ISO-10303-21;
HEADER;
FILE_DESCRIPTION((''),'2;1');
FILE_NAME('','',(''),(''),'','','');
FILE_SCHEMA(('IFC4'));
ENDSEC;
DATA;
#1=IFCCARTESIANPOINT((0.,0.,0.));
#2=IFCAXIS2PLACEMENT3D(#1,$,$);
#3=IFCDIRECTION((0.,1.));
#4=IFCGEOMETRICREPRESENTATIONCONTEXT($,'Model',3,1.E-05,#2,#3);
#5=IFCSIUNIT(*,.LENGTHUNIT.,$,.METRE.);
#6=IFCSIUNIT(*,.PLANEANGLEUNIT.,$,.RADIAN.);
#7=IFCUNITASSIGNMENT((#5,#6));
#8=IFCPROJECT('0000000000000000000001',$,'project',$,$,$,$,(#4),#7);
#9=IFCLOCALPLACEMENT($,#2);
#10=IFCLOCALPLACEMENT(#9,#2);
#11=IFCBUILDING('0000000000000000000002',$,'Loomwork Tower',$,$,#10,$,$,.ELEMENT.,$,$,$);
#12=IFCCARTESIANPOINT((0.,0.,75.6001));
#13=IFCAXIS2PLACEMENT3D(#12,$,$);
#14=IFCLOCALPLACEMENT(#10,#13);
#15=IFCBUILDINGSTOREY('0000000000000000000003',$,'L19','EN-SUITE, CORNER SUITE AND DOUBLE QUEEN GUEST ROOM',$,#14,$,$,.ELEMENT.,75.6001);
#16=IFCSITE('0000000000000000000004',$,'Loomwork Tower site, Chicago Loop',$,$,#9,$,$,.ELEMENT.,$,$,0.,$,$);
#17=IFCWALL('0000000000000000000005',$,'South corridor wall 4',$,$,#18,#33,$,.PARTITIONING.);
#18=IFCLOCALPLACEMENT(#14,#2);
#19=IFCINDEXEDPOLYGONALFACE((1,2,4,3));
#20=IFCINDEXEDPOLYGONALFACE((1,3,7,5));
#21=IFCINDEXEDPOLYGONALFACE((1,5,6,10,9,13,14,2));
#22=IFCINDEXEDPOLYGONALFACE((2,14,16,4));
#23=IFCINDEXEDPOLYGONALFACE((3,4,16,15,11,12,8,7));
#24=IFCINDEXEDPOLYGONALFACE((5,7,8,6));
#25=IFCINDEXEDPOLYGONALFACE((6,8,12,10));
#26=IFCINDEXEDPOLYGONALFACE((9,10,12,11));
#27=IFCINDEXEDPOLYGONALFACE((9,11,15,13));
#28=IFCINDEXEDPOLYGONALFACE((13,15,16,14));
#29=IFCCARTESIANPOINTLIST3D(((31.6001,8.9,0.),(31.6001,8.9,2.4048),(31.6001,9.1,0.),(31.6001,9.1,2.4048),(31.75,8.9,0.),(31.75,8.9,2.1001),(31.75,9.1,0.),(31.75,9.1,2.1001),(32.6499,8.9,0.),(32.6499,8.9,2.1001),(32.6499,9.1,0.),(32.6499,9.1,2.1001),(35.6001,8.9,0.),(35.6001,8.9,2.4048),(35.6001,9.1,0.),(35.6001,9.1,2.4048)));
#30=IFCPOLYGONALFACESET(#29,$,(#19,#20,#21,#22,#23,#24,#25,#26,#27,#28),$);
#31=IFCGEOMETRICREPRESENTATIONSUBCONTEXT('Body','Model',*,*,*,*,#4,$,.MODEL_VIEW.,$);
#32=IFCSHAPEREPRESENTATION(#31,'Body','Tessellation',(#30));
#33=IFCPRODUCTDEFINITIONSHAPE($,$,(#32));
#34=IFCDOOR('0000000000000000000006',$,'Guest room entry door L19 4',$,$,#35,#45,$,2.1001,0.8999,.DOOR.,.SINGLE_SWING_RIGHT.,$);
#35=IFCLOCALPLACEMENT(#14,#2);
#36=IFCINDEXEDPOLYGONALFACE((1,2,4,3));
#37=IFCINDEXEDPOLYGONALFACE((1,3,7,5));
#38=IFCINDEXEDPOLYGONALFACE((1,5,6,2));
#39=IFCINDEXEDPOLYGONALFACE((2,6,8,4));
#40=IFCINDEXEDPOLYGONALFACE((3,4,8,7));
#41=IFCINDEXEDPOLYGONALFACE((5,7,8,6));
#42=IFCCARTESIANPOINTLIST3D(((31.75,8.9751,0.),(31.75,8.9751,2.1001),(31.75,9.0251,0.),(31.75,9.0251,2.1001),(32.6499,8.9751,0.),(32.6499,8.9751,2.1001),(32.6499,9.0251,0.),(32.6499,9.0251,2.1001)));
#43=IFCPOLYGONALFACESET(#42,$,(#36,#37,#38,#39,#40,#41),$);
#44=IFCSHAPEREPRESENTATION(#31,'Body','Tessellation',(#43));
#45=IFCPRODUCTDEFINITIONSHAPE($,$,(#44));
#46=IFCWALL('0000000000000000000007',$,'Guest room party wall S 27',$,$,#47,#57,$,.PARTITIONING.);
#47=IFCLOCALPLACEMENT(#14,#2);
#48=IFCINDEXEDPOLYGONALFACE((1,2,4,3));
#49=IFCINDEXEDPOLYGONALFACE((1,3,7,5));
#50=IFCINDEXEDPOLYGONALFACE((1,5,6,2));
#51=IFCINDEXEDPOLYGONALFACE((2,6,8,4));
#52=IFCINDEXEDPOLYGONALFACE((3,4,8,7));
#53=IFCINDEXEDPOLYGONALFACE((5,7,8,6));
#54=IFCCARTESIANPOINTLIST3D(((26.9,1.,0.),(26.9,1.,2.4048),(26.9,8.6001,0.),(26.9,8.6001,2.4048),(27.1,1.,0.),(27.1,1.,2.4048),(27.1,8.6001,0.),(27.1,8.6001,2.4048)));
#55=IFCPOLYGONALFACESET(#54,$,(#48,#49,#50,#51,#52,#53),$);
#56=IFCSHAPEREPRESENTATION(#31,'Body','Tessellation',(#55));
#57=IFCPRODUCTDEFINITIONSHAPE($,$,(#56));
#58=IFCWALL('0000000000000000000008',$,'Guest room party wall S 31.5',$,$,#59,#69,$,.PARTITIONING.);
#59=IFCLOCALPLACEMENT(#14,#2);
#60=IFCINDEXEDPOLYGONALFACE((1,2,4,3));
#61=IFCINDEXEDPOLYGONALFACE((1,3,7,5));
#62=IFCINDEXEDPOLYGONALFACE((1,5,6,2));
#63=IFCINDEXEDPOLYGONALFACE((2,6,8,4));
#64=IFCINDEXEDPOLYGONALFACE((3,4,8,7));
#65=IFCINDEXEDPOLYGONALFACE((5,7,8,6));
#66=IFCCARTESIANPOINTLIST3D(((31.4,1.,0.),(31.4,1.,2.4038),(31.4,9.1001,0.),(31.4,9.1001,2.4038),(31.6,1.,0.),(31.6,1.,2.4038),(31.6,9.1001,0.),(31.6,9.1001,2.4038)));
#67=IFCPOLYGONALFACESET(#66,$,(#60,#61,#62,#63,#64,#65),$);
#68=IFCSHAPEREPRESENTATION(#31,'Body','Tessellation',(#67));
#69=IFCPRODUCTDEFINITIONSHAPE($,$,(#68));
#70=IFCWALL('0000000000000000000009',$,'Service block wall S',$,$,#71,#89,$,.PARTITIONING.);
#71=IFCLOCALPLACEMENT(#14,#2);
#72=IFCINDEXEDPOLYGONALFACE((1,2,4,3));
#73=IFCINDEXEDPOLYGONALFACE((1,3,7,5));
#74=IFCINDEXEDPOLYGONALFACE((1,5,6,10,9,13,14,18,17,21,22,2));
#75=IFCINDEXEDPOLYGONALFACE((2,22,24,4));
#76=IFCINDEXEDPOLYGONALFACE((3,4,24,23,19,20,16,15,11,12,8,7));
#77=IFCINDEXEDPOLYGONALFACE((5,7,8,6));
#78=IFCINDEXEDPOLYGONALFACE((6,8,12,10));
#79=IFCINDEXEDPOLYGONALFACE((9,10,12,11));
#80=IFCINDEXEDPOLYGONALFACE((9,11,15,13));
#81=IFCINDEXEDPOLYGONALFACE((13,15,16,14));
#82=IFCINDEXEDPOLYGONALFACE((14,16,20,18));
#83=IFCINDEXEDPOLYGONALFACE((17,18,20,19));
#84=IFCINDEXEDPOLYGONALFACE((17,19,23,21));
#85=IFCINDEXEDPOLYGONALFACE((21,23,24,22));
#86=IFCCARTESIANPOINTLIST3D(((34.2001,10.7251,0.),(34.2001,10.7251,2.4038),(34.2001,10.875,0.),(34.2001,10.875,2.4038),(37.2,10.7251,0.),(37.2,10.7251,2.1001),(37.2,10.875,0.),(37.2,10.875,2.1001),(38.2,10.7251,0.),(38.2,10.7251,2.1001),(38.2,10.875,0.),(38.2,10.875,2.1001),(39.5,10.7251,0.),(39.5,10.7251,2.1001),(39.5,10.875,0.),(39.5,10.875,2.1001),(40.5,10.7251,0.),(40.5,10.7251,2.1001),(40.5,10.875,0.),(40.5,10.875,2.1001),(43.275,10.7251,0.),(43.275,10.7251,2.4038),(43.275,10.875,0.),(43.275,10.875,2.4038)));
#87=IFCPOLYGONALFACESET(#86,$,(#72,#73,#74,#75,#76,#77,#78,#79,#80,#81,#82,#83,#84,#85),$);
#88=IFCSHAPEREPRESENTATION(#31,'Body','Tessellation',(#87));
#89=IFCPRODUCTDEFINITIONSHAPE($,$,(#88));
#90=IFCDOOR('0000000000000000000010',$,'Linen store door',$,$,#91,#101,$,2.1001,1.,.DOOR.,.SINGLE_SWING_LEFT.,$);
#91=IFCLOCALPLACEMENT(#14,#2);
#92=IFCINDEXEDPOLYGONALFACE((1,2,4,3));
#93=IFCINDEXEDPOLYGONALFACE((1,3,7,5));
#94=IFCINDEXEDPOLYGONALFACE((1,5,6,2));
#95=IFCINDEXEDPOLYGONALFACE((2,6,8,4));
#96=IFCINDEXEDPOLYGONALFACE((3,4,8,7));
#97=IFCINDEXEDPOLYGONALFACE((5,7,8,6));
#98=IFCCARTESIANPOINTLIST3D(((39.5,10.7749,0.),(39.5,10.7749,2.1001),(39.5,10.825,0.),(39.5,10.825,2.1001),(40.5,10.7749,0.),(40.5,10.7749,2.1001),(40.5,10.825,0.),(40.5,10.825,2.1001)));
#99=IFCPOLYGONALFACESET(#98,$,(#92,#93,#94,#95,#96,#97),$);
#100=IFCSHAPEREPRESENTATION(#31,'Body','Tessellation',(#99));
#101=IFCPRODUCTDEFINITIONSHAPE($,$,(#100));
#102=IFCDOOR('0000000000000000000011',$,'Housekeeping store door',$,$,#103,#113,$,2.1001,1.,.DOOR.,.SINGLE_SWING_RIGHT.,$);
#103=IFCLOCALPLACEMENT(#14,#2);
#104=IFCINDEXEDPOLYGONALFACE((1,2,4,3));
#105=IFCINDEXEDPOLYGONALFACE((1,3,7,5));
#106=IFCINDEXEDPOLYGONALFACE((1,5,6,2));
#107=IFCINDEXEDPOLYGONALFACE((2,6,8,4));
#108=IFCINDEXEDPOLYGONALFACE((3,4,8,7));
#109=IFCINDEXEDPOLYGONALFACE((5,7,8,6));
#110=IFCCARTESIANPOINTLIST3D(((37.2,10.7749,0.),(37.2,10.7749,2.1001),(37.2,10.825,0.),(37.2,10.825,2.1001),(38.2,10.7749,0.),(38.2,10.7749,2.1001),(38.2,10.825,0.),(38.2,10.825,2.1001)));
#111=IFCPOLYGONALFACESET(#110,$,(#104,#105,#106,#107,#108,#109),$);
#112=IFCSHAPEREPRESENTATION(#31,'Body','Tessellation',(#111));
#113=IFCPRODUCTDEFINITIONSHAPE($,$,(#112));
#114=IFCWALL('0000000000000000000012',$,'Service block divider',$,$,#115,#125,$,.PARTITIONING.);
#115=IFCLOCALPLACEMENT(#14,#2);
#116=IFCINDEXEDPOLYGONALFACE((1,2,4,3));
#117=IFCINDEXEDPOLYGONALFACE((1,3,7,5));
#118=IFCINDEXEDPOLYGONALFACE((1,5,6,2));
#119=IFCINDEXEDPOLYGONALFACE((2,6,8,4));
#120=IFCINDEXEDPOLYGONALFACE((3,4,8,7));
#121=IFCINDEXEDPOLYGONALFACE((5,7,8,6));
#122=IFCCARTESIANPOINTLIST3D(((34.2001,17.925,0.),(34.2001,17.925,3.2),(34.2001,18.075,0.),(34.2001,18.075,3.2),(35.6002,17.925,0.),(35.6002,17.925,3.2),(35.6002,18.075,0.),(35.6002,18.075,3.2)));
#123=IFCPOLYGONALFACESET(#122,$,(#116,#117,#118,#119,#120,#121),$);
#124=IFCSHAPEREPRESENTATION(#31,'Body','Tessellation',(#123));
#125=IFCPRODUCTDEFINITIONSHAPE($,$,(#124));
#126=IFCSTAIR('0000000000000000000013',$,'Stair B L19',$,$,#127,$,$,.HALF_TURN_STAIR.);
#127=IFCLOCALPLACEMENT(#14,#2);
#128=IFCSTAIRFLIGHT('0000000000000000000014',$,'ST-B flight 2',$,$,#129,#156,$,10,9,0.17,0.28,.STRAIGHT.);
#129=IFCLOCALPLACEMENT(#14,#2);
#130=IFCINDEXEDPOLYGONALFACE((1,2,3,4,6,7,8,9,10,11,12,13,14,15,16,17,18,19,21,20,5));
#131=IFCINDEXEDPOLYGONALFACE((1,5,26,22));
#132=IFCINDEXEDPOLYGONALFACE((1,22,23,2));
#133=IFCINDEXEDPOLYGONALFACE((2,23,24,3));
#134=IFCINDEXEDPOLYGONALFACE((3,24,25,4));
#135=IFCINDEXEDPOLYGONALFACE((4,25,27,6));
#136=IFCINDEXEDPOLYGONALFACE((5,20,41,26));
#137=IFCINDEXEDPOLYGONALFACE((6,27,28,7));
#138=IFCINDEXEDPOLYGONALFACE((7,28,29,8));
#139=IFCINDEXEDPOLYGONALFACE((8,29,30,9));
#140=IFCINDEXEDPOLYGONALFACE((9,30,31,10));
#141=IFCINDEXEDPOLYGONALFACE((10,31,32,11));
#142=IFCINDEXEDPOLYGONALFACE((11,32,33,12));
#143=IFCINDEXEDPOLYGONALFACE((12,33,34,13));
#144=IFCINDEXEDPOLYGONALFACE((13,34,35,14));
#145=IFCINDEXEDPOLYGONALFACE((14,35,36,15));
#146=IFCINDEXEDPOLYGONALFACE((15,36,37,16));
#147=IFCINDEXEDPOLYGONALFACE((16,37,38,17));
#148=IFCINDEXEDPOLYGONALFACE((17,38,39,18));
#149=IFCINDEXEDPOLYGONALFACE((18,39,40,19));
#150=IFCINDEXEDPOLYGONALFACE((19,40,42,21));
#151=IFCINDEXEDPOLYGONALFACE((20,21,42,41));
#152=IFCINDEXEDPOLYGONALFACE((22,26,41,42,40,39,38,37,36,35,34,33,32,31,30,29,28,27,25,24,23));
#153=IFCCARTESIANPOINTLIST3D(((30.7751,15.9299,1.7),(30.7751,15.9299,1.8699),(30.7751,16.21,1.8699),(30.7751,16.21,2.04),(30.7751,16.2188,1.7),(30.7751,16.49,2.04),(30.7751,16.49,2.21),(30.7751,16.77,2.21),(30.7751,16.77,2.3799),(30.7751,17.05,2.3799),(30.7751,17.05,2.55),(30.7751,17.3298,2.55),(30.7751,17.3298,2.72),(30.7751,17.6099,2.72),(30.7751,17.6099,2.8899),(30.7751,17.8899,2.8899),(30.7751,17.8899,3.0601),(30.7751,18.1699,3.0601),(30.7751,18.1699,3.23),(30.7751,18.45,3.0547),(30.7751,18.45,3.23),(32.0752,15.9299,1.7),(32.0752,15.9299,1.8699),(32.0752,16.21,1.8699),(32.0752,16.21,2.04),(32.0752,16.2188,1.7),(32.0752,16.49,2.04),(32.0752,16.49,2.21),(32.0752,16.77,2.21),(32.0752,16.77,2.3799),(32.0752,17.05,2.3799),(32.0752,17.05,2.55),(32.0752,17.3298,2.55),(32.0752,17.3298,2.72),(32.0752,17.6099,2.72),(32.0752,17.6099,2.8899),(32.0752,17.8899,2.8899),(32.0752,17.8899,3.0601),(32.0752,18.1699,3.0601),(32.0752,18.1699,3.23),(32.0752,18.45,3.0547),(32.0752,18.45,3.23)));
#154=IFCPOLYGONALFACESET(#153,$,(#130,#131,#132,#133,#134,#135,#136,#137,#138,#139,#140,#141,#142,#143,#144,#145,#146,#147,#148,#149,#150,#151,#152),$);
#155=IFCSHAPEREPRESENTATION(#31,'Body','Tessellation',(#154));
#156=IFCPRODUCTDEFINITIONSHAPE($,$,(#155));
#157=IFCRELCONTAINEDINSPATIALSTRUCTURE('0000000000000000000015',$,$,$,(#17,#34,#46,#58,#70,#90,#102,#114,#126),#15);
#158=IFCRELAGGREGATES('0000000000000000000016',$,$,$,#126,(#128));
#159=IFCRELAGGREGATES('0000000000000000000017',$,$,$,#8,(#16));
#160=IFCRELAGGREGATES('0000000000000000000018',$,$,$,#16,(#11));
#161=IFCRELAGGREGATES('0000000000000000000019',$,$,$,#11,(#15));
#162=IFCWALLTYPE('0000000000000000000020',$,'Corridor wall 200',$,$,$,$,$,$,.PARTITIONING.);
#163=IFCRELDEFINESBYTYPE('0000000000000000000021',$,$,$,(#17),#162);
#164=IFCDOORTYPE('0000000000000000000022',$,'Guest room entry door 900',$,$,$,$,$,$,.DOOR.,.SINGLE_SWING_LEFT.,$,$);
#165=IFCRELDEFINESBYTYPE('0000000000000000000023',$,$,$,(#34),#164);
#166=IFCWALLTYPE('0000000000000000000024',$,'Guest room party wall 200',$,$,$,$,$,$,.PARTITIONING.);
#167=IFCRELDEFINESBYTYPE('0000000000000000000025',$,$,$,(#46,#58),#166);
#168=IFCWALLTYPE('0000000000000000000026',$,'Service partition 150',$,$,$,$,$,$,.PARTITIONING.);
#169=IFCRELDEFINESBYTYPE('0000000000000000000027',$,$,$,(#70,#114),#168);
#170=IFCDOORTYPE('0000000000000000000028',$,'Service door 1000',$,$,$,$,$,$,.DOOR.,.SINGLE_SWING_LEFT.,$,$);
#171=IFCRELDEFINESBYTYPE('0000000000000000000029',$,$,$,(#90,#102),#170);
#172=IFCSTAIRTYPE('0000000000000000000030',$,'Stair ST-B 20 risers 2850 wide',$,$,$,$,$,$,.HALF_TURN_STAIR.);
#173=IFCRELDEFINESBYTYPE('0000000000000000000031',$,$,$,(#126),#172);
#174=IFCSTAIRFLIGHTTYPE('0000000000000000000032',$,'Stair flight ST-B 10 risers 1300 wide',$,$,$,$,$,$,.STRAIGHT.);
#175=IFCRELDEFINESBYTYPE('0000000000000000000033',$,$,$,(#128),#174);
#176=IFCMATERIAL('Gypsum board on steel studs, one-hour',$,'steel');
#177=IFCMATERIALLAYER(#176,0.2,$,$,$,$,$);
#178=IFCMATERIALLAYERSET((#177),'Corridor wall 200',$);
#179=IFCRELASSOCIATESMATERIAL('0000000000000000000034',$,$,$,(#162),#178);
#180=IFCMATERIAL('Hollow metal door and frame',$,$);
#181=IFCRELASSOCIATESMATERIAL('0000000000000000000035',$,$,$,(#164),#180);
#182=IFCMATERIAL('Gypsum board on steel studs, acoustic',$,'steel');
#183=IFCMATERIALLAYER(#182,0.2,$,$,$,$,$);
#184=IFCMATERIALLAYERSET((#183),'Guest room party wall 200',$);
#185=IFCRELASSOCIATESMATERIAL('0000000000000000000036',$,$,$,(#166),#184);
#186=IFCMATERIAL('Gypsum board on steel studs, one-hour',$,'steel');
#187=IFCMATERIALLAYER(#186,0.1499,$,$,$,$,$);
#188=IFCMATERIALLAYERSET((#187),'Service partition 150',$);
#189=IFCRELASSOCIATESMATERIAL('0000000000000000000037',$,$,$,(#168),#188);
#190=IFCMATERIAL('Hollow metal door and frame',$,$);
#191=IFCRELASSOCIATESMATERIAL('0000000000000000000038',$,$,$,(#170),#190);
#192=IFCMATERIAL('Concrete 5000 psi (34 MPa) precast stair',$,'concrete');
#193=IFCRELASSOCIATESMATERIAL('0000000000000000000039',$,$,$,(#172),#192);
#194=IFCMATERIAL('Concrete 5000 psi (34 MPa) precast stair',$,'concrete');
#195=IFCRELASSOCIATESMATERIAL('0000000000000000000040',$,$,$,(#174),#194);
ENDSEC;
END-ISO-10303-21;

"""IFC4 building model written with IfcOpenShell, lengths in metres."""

from ifc_helpers import new_model, si_unit, direction, frame, frame_2d, origin, place, context, subcontext, project, spatial, polyline, rectangle, outline, extrude, material, layer, layer_set, type_object, element, fill, aggregate, save


model = new_model("IFC4")

# Units and contexts
model_context = context("Model", 3, precision=1e-05, world=origin(), true_north=direction((0.0, 1.0)))
body_context = subcontext(model_context, "Body", "Model", "MODEL_VIEW")
ifc_project = project(units=[si_unit("LENGTHUNIT", "METRE"), si_unit("PLANEANGLEUNIT", "RADIAN")], contexts=[model_context])

# Site, building, storey
site_placement = place(None, origin())
site = spatial("IfcSite", under=ifc_project, at=site_placement, Name="Loomwork Tower site, Chicago Loop", CompositionType="ELEMENT", RefElevation=0.0)
building_placement = place(site_placement, origin())
building = spatial("IfcBuilding", under=site, at=building_placement, Name="Loomwork Tower", CompositionType="ELEMENT")
storey_placement = place(building_placement, frame((0.0, 0.0, 75.6001)))
storey = spatial("IfcBuildingStorey", under=building, at=storey_placement, Name="L19", Description="EN-SUITE, CORNER SUITE AND DOUBLE QUEEN GUEST ROOM", CompositionType="ELEMENT", Elevation=75.6001)

# Wall, opening, door
ifc_material_1 = material(Name="Gypsum board on steel studs, one-hour", Category="steel")
ifc_layer_1 = layer(ifc_material_1, 0.2)
ifc_layer_set_1 = layer_set([ifc_layer_1], Name="Corridor wall 200")
wall_type_1 = type_object("IfcWallType", Name="Corridor wall 200", PredefinedType="PARTITIONING", material=ifc_layer_set_1)
wall_1_placement = place(storey_placement, frame((31.6001, 9.0, 0.0), z_axis=(0.0, 0.0, 1.0), x_axis=(1.0, 0.0, 0.0)))
wall_1 = element("IfcWall", 1, at=wall_1_placement, inside=storey, type_object=wall_type_1, Name="South corridor wall 4", PredefinedType="PARTITIONING", context=body_context, shape_type="SweptSolid", body=[
    extrude(rectangle(XDim=4.0, YDim=0.2, at=frame_2d((2.0, 0.0))), origin(), (0.0, 0.0, 1.0), 2.4048),
])
opening_1_placement = place(wall_1_placement, frame((0.1499, 0.0, 0.0)))
opening_1 = element("IfcOpeningElement", 2, at=opening_1_placement, cuts=wall_1, PredefinedType="OPENING", context=body_context, shape_type="SweptSolid", body=[
    extrude(rectangle(XDim=0.8999, YDim=2.1001, at=frame_2d((0.45, 1.05))), frame((0.0, 0.1099, 0.0), z_axis=(0.0, -1.0, 0.0), x_axis=(1.0, 0.0, 0.0)), (0.0, 0.0, 1.0), 0.22),
])
ifc_material_2 = material(Name="Hollow metal door and frame")
door_type_1 = type_object("IfcDoorType", Name="Guest room entry door 900", OperationType="SINGLE_SWING_LEFT", PredefinedType="DOOR", material=ifc_material_2)
door_1_placement = place(opening_1_placement, frame((0.8999, 0.0, 0.0), z_axis=(0.0, 0.0, 1.0), x_axis=(-1.0, 0.0, 0.0)))
door_1 = element("IfcDoor", 3, at=door_1_placement, inside=storey, type_object=door_type_1, Name="Guest room entry door L19 4", OperationType="SINGLE_SWING_RIGHT", OverallHeight=2.1001, OverallWidth=0.8999, PredefinedType="DOOR", context=body_context, shape_type="SweptSolid", body=[
    extrude(rectangle(XDim=0.8999, YDim=2.1001, at=frame_2d((0.45, 1.05))), frame((0.0, 0.0249, 0.0), z_axis=(0.0, -1.0, 0.0), x_axis=(1.0, 0.0, 0.0)), (0.0, 0.0, 1.0), 0.05),
])
fill(opening_1, door_1)

# Walls
ifc_material_3 = material(Name="Gypsum board on steel studs, acoustic", Category="steel")
ifc_layer_2 = layer(ifc_material_3, 0.2)
ifc_layer_set_2 = layer_set([ifc_layer_2], Name="Guest room party wall 200")
wall_type_2 = type_object("IfcWallType", Name="Guest room party wall 200", PredefinedType="PARTITIONING", material=ifc_layer_set_2)
wall_2_placement = place(storey_placement, frame((27.0, 8.6001, 0.0), z_axis=(0.0, 0.0, 1.0), x_axis=(0.0, -1.0, 0.0)))
element("IfcWall", 4, at=wall_2_placement, inside=storey, type_object=wall_type_2, Name="Guest room party wall S 27", PredefinedType="PARTITIONING", context=body_context, shape_type="SweptSolid", body=[
    extrude(rectangle(XDim=7.6001, YDim=0.2, at=frame_2d((3.8, 0.0))), origin(), (0.0, 0.0, 1.0), 2.4048),
])
wall_3_placement = place(storey_placement, frame((31.5, 9.1001, 0.0), z_axis=(0.0, 0.0, 1.0), x_axis=(0.0, -1.0, 0.0)))
element("IfcWall", 5, at=wall_3_placement, inside=storey, type_object=wall_type_2, Name="Guest room party wall S 31.5", PredefinedType="PARTITIONING", context=body_context, shape_type="SweptSolid", body=[
    extrude(rectangle(XDim=8.1001, YDim=0.2, at=frame_2d((4.05, 0.0))), origin(), (0.0, 0.0, 1.0), 2.4038),
])

# Wall, openings, doors
ifc_material_4 = material(Name="Gypsum board on steel studs, one-hour", Category="steel")
ifc_layer_3 = layer(ifc_material_4, 0.1499)
ifc_layer_set_3 = layer_set([ifc_layer_3], Name="Service partition 150")
wall_type_3 = type_object("IfcWallType", Name="Service partition 150", PredefinedType="PARTITIONING", material=ifc_layer_set_3)
wall_4_placement = place(storey_placement, frame((34.2, 10.8, 0.0), z_axis=(0.0, 0.0, 1.0), x_axis=(1.0, 0.0, 0.0)))
wall_4 = element("IfcWall", 6, at=wall_4_placement, inside=storey, type_object=wall_type_3, Name="Service block wall S", PredefinedType="PARTITIONING", context=body_context, shape_type="SweptSolid", body=[
    extrude(rectangle(XDim=9.075, YDim=0.1499, at=frame_2d((4.5376, 0.0))), origin(), (0.0, 0.0, 1.0), 2.4038),
])
opening_2_placement = place(wall_4_placement, frame((5.3, 0.0, 0.0)))
opening_2 = element("IfcOpeningElement", 7, at=opening_2_placement, cuts=wall_4, PredefinedType="OPENING", context=body_context, shape_type="SweptSolid", body=[
    extrude(rectangle(XDim=1.0, YDim=2.1001, at=frame_2d((0.5, 1.05))), frame((0.0, 0.085, 0.0), z_axis=(0.0, -1.0, 0.0), x_axis=(1.0, 0.0, 0.0)), (0.0, 0.0, 1.0), 0.1699),
])
opening_3_placement = place(wall_4_placement, frame((3.0, 0.0, 0.0)))
opening_3 = element("IfcOpeningElement", 8, at=opening_3_placement, cuts=wall_4, PredefinedType="OPENING", context=body_context, shape_type="SweptSolid", body=[
    extrude(rectangle(XDim=1.0, YDim=2.1001, at=frame_2d((0.5, 1.05))), frame((0.0, 0.085, 0.0), z_axis=(0.0, -1.0, 0.0), x_axis=(1.0, 0.0, 0.0)), (0.0, 0.0, 1.0), 0.1699),
])
ifc_material_5 = material(Name="Hollow metal door and frame")
door_type_2 = type_object("IfcDoorType", Name="Service door 1000", OperationType="SINGLE_SWING_LEFT", PredefinedType="DOOR", material=ifc_material_5)
door_2_placement = place(opening_2_placement, origin())
door_2 = element("IfcDoor", 9, at=door_2_placement, inside=storey, type_object=door_type_2, Name="Linen store door", OperationType="SINGLE_SWING_LEFT", OverallHeight=2.1001, OverallWidth=1.0, PredefinedType="DOOR", context=body_context, shape_type="SweptSolid", body=[
    extrude(rectangle(XDim=1.0, YDim=2.1001, at=frame_2d((0.5, 1.05))), frame((0.0, 0.0249, 0.0), z_axis=(0.0, -1.0, 0.0), x_axis=(1.0, 0.0, 0.0)), (0.0, 0.0, 1.0), 0.05),
])
fill(opening_2, door_2)
door_3_placement = place(opening_3_placement, origin())
door_3 = element("IfcDoor", 10, at=door_3_placement, inside=storey, type_object=door_type_2, Name="Housekeeping store door", OperationType="SINGLE_SWING_RIGHT", OverallHeight=2.1001, OverallWidth=1.0, PredefinedType="DOOR", context=body_context, shape_type="SweptSolid", body=[
    extrude(rectangle(XDim=1.0, YDim=2.1001, at=frame_2d((0.5, 1.05))), frame((0.0, 0.0249, 0.0), z_axis=(0.0, -1.0, 0.0), x_axis=(1.0, 0.0, 0.0)), (0.0, 0.0, 1.0), 0.05),
])
fill(opening_3, door_3)

# Wall
wall_5_placement = place(storey_placement, frame((34.2, 18.0, 0.0), z_axis=(0.0, 0.0, 1.0), x_axis=(1.0, 0.0, 0.0)))
element("IfcWall", 11, at=wall_5_placement, inside=storey, type_object=wall_type_3, Name="Service block divider", PredefinedType="PARTITIONING", context=body_context, shape_type="SweptSolid", body=[
    extrude(rectangle(XDim=1.4001, YDim=0.1499, at=frame_2d((0.7002, 0.0))), origin(), (0.0, 0.0, 1.0), 3.2),
])

# Stair, stair flight
ifc_material_6 = material(Name="Concrete 5000 psi (34 MPa) precast stair", Category="concrete")
stair_type = type_object("IfcStairType", Name="Stair ST-B 20 risers 2850 wide", PredefinedType="HALF_TURN_STAIR", material=ifc_material_6)
stair_placement = place(storey_placement, origin())
stair = element("IfcStair", 12, at=stair_placement, inside=storey, type_object=stair_type, Name="Stair B L19", PredefinedType="HALF_TURN_STAIR")
ifc_material_7 = material(Name="Concrete 5000 psi (34 MPa) precast stair", Category="concrete")
stair_flight_type = type_object("IfcStairFlightType", Name="Stair flight ST-B 10 risers 1300 wide", PredefinedType="STRAIGHT", material=ifc_material_7)
stair_flight_placement = place(storey_placement, frame((31.425, 15.9299, 1.7), z_axis=(0.0, 0.0, 1.0), x_axis=(0.0, 1.0, 0.0)))
stair_flight = element("IfcStairFlight", 13, at=stair_flight_placement, type_object=stair_flight_type, Name="ST-B flight 2", NumberOfRisers=10, NumberOfTreads=9, PredefinedType="STRAIGHT", RiserHeight=0.17, TreadLength=0.28, context=body_context, shape_type="SweptSolid", body=[
    extrude(outline(polyline([(0.0, 0.0), (0.0, 0.1699), (0.28, 0.1699), (0.28, 0.3401), (0.5601, 0.3401), (0.5601, 0.51), (0.8401, 0.51), (0.8401, 0.6799), (1.1201, 0.6799), (1.1201, 0.8501), (1.3999, 0.8501), (1.3999, 1.02), (1.6799, 1.02), (1.6799, 1.1899), (1.96, 1.1899), (1.96, 1.3601), (2.24, 1.3601), (2.24, 1.53), (2.52, 1.53), (2.52, 1.7), (2.52, 1.3547), (0.2888, 0.0), (0.0, 0.0)])), frame((0.0, 0.6499, 0.0), z_axis=(0.0, -1.0, 0.0), x_axis=(1.0, 0.0, 0.0)), (0.0, 0.0, 1.0), 1.3),
])
aggregate(stair, [stair_flight])

save(model, "model.ifc")
